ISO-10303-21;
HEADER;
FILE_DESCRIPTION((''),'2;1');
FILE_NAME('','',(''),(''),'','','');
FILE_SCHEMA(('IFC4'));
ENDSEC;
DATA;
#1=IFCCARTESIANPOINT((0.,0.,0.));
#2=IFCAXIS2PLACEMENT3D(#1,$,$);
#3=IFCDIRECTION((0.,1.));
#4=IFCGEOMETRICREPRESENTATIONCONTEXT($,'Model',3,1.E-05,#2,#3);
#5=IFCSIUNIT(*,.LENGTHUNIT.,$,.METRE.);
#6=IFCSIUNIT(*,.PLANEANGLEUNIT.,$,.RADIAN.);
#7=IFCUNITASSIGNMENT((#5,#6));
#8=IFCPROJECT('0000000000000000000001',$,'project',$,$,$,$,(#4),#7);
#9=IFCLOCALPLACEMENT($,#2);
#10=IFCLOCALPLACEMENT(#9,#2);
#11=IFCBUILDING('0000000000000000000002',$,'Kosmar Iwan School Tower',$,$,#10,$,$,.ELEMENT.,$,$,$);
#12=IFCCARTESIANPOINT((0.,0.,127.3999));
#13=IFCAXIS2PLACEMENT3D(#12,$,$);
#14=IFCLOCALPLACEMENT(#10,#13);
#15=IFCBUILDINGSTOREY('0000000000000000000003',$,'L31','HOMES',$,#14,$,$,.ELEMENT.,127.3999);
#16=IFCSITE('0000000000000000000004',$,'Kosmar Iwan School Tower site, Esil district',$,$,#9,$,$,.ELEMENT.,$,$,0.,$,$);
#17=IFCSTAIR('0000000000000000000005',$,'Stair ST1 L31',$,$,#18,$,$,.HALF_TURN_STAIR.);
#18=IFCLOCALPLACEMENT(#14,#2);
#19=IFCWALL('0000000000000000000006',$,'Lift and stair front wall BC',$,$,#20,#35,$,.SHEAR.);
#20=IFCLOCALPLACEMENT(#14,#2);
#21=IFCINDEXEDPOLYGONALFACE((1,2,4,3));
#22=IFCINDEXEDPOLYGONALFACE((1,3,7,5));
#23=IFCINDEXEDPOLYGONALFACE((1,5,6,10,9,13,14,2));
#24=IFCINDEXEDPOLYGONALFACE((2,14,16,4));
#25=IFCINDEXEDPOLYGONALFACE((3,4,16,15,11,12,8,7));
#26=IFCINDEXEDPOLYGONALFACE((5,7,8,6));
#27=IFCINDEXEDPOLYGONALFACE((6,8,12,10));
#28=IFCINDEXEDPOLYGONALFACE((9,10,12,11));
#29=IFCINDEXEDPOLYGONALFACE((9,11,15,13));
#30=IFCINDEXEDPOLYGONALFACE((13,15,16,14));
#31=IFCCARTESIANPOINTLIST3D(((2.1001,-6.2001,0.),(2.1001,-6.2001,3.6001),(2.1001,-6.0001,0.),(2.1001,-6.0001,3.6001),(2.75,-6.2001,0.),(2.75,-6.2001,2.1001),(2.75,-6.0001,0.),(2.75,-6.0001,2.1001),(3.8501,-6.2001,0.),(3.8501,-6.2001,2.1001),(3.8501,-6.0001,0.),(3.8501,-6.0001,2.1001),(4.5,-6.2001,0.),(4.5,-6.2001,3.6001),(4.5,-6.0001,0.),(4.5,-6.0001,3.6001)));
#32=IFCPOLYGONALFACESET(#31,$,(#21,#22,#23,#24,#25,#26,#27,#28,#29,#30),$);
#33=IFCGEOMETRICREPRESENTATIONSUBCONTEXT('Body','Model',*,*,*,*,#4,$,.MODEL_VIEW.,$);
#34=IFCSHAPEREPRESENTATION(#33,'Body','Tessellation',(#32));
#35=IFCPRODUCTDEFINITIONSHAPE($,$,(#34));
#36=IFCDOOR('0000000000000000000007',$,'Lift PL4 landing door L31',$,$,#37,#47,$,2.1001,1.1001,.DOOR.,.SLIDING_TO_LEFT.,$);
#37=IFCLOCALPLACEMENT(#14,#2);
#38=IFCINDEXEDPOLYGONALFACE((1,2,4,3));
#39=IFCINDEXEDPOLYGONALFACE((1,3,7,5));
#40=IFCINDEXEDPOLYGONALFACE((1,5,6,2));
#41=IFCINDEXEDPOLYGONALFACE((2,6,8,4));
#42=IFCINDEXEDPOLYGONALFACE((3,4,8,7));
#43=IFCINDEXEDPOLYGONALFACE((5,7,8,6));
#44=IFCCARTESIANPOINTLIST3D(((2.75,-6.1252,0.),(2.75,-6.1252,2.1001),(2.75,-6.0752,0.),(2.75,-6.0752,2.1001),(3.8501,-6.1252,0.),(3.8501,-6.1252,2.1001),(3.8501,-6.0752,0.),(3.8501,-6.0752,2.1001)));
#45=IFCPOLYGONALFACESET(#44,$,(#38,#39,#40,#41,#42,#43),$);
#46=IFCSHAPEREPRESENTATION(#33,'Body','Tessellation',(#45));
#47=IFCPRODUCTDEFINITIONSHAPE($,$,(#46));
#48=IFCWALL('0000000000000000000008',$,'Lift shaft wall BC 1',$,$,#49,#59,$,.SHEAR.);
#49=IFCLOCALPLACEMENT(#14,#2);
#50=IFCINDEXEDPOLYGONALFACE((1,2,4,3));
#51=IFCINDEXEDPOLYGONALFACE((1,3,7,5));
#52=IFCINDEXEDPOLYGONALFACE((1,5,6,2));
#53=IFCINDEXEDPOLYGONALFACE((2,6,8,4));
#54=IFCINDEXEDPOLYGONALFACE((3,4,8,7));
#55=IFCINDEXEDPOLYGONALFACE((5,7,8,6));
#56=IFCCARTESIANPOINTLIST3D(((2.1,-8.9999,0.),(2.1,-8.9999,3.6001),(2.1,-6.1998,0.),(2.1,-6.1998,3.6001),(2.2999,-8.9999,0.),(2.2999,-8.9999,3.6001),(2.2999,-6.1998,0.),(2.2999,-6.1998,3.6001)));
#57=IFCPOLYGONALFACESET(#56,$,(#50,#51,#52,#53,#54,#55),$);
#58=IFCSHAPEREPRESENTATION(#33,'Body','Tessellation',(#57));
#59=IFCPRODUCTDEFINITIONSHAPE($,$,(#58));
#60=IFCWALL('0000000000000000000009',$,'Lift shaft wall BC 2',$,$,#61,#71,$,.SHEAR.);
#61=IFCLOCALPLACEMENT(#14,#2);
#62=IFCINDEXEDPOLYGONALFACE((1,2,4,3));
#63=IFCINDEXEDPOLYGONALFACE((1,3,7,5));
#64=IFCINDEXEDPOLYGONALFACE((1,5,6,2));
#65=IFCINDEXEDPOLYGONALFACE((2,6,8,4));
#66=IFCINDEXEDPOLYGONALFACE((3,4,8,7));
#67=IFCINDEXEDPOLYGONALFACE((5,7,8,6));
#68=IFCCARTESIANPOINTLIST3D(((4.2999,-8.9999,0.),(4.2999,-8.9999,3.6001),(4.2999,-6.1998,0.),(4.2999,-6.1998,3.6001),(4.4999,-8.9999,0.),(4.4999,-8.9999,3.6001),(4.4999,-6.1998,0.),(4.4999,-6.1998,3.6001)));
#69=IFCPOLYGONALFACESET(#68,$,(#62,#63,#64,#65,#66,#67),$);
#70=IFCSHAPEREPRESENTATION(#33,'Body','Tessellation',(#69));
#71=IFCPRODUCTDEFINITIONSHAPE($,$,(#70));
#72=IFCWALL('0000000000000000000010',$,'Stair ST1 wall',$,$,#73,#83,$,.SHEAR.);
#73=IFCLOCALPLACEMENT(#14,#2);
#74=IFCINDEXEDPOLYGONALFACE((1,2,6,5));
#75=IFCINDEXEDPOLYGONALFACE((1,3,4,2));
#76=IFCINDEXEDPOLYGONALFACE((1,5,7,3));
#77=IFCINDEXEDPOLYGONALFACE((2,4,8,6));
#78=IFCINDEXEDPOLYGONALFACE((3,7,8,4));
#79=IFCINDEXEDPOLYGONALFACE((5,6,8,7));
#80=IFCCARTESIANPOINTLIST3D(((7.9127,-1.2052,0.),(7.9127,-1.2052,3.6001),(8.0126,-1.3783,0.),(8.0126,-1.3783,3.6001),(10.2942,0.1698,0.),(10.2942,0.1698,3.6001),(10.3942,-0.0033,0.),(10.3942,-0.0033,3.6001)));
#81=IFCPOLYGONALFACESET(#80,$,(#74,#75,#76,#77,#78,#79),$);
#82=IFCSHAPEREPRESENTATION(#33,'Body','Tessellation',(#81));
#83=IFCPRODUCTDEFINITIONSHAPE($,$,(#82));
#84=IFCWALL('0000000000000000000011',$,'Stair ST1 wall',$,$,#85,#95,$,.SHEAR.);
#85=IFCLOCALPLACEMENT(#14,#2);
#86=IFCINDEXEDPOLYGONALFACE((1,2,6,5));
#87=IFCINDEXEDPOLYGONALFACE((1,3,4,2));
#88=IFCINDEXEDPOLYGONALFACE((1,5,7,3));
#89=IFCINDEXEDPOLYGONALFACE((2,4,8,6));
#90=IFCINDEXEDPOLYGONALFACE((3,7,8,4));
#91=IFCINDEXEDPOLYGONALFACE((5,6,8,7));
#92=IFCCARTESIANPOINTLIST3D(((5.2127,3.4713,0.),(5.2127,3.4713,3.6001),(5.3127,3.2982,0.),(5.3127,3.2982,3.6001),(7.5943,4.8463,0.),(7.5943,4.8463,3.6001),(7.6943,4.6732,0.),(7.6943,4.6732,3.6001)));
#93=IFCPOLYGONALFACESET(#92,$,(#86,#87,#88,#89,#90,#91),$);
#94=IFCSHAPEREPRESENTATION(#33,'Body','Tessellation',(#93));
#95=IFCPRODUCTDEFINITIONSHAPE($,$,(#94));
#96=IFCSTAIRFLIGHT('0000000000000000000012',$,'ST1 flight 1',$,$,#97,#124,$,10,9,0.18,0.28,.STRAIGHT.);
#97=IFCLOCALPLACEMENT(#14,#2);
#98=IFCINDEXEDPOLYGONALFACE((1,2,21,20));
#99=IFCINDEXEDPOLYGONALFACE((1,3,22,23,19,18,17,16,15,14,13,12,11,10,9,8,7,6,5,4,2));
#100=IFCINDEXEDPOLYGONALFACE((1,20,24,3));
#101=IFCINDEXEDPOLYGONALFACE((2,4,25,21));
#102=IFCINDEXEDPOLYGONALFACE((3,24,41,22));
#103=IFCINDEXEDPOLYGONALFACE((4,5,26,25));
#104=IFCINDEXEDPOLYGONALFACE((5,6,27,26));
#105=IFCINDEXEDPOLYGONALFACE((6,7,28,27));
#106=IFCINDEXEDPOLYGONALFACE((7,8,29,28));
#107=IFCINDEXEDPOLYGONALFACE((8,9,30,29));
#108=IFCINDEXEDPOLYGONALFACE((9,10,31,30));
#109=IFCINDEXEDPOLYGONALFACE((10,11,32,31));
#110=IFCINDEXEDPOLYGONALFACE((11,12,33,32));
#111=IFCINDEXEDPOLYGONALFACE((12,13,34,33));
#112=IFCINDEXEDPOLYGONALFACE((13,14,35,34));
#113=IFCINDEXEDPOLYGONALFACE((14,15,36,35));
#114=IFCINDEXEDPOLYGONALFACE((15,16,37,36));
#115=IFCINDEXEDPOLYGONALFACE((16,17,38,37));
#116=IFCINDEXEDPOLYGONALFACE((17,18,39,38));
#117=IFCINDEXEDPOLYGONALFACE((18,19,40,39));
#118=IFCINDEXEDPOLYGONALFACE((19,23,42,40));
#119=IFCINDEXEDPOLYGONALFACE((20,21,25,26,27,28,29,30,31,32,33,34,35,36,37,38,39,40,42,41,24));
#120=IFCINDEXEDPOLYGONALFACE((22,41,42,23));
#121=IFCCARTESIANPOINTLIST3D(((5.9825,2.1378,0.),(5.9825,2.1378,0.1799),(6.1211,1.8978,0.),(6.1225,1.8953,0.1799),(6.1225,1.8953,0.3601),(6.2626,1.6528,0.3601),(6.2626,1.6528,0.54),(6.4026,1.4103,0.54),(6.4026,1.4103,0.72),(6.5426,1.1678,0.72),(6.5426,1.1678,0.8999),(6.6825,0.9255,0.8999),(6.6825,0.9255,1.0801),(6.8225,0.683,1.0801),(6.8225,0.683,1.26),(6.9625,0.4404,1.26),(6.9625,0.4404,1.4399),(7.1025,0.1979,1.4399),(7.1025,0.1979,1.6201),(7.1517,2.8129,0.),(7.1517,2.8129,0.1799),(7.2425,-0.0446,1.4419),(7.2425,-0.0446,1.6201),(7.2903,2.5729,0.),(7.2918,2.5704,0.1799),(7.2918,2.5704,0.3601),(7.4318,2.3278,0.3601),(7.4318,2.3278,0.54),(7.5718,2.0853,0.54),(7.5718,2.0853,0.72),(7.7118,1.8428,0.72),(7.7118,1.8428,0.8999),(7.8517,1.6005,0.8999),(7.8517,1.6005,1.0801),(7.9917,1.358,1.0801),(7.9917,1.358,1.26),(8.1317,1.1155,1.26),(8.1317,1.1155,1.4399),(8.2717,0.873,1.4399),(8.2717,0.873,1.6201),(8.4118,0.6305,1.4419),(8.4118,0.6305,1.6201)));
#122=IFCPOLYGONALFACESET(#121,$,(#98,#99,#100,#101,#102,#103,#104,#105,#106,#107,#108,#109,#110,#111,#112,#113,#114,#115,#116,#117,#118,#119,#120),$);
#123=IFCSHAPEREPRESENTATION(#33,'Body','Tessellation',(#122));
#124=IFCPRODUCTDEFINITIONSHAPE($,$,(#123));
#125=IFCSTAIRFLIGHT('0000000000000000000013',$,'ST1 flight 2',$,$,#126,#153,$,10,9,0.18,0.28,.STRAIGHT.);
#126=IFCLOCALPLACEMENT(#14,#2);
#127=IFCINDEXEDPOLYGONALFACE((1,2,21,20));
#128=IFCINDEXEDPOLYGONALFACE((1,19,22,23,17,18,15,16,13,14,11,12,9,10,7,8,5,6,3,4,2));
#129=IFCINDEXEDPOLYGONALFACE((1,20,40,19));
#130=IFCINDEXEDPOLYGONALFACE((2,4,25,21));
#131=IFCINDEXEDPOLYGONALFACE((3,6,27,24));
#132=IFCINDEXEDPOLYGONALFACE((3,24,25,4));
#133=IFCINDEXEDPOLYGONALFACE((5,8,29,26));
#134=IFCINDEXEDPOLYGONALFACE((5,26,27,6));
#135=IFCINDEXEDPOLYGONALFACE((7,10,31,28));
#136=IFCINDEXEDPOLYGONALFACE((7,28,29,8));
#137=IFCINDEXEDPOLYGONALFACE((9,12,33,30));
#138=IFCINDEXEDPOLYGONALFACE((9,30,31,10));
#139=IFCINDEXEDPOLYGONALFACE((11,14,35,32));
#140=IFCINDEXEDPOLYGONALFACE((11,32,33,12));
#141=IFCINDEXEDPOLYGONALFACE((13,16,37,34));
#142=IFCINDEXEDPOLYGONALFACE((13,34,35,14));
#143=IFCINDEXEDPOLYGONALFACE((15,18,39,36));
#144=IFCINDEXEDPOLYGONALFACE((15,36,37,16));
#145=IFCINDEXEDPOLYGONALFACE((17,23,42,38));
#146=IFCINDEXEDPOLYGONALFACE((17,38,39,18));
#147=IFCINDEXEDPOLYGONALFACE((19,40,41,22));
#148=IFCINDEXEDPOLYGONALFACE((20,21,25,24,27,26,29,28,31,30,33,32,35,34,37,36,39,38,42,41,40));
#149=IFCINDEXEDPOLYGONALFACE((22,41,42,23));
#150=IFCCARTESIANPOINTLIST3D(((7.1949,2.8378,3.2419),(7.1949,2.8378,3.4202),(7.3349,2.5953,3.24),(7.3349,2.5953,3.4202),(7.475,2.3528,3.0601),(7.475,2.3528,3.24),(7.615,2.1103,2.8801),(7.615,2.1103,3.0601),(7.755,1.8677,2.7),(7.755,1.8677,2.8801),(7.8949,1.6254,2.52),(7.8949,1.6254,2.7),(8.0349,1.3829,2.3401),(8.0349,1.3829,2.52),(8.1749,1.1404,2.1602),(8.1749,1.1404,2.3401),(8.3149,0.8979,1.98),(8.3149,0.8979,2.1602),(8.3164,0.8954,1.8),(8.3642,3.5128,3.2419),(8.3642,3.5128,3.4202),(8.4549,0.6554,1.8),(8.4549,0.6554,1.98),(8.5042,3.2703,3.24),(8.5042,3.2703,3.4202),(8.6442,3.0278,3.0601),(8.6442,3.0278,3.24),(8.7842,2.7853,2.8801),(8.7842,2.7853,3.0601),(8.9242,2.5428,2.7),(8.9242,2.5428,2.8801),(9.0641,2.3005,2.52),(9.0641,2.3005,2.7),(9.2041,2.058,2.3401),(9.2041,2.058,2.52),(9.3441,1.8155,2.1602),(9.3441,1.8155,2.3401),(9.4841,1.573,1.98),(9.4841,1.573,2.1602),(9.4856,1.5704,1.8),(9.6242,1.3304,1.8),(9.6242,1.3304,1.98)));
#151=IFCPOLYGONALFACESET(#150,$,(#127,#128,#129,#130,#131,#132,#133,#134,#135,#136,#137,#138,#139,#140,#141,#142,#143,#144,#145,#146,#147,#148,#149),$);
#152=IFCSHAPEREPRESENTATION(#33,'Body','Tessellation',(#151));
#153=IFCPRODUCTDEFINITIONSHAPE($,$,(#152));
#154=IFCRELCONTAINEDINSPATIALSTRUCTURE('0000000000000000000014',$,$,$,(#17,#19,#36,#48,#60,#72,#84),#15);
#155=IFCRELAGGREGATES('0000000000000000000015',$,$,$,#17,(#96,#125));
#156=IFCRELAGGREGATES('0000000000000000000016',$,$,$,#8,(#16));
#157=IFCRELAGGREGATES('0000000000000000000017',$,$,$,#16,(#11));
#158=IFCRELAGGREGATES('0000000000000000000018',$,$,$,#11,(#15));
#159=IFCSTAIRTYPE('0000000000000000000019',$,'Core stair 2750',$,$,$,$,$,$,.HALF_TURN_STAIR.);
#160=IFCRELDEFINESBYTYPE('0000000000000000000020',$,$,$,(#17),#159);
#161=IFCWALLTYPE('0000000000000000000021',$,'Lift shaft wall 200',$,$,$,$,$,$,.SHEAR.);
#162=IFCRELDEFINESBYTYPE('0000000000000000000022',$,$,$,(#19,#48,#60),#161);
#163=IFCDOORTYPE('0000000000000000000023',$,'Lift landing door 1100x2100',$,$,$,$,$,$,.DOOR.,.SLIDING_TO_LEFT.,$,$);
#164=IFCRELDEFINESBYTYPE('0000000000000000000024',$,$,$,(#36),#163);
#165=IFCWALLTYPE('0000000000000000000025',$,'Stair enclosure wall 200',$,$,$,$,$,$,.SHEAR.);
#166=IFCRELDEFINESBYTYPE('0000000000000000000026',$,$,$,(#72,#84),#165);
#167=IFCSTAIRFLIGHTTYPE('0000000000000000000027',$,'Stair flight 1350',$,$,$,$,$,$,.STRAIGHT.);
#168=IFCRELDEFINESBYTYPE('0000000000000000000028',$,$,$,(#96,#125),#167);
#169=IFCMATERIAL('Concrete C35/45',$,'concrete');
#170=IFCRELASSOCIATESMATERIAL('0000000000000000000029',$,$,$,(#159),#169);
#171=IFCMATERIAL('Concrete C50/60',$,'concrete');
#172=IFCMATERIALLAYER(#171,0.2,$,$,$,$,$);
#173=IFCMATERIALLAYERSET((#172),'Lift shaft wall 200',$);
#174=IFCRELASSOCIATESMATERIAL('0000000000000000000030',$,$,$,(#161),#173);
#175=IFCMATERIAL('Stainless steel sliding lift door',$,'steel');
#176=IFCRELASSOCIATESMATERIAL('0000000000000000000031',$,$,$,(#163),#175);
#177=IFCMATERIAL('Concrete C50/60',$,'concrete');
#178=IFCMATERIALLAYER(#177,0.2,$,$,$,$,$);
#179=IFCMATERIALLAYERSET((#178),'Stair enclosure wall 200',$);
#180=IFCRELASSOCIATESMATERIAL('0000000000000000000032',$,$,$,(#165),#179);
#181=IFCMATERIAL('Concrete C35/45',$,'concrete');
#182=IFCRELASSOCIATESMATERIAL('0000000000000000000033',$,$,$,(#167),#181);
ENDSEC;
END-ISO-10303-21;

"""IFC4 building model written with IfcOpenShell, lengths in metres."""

from ifc_helpers import new_model, si_unit, direction, frame, frame_2d, origin, place, context, subcontext, project, spatial, polyline, rectangle, outline, extrude, material, layer, layer_set, type_object, element, fill, aggregate, save


model = new_model("IFC4")

# Units and contexts
model_context = context("Model", 3, precision=1e-05, world=origin(), true_north=direction((0.0, 1.0)))
body_context = subcontext(model_context, "Body", "Model", "MODEL_VIEW")
ifc_project = project(units=[si_unit("LENGTHUNIT", "METRE"), si_unit("PLANEANGLEUNIT", "RADIAN")], contexts=[model_context])

# Site, building, storey
site_placement = place(None, origin())
site = spatial("IfcSite", under=ifc_project, at=site_placement, Name="Kosmar Iwan School Tower site, Esil district", CompositionType="ELEMENT", RefElevation=0.0)
building_placement = place(site_placement, origin())
building = spatial("IfcBuilding", under=site, at=building_placement, Name="Kosmar Iwan School Tower", CompositionType="ELEMENT")
storey_placement = place(building_placement, frame((0.0, 0.0, 127.3999)))
storey = spatial("IfcBuildingStorey", under=building, at=storey_placement, Name="L31", Description="HOMES", CompositionType="ELEMENT", Elevation=127.3999)

# Stair
ifc_material_1 = material(Name="Concrete C35/45", Category="concrete")
stair_type_1 = type_object("IfcStairType", Name="Core stair 2750", PredefinedType="HALF_TURN_STAIR", material=ifc_material_1)
stair_1_placement = place(storey_placement, origin())
stair_1 = element("IfcStair", 1, at=stair_1_placement, inside=storey, type_object=stair_type_1, Name="Stair ST1 L31", PredefinedType="HALF_TURN_STAIR")

# Shared definitions
ifc_material_2 = material(Name="Concrete C50/60", Category="concrete")
ifc_layer_1 = layer(ifc_material_2, 0.2)
ifc_layer_set_1 = layer_set([ifc_layer_1], Name="Lift shaft wall 200")
wall_type_1 = type_object("IfcWallType", Name="Lift shaft wall 200", PredefinedType="SHEAR", material=ifc_layer_set_1)

# Wall, opening, door
wall_1_placement = place(storey_placement, frame((2.1001, -6.1001, 0.0), z_axis=(0.0, 0.0, 1.0), x_axis=(1.0, 0.0, 0.0)))
wall_1 = element("IfcWall", 2, at=wall_1_placement, inside=storey, type_object=wall_type_1, Name="Lift and stair front wall BC", PredefinedType="SHEAR", context=body_context, shape_type="SweptSolid", body=[
    extrude(rectangle(XDim=2.3999, YDim=0.2, at=frame_2d((1.2, 0.0))), origin(), (0.0, 0.0, 1.0), 3.6001),
])
opening_1_placement = place(wall_1_placement, frame((0.6499, 0.0, 0.0)))
opening_1 = element("IfcOpeningElement", 3, at=opening_1_placement, cuts=wall_1, PredefinedType="OPENING", context=body_context, shape_type="SweptSolid", body=[
    extrude(rectangle(XDim=1.1001, YDim=2.1001, at=frame_2d((0.55, 1.05))), frame((0.0, 0.1121, 0.0), z_axis=(0.0, -1.0, 0.0), x_axis=(1.0, 0.0, 0.0)), (0.0, 0.0, 1.0), 0.2239),
])
ifc_material_3 = material(Name="Stainless steel sliding lift door", Category="steel")
door_type_1 = type_object("IfcDoorType", Name="Lift landing door 1100x2100", OperationType="SLIDING_TO_LEFT", PredefinedType="DOOR", material=ifc_material_3)
door_1_placement = place(opening_1_placement, origin())
door_1 = element("IfcDoor", 4, at=door_1_placement, inside=storey, type_object=door_type_1, Name="Lift PL4 landing door L31", OperationType="SLIDING_TO_LEFT", OverallHeight=2.1001, OverallWidth=1.1001, PredefinedType="DOOR", context=body_context, shape_type="SweptSolid", body=[
    extrude(rectangle(XDim=1.1001, YDim=2.1001, at=frame_2d((0.55, 1.05))), frame((0.0, 0.0249, 0.0), z_axis=(0.0, -1.0, 0.0), x_axis=(1.0, 0.0, 0.0)), (0.0, 0.0, 1.0), 0.05),
])
fill(opening_1, door_1)

# Walls
for number, where, z_axis, x_axis, name in (
    (5, (2.2, -6.2, 0.0), (0.0, 0.0, 1.0), (0.0, -1.0, 0.0), "Lift shaft wall BC 1"),
    (6, (4.3999, -6.2, 0.0), (0.0, 0.0, 1.0), (0.0, -1.0, 0.0), "Lift shaft wall BC 2"),
):
    element("IfcWall", number, at=place(storey_placement, frame(where, z_axis=z_axis, x_axis=x_axis)), inside=storey, type_object=wall_type_1, Name=name, PredefinedType="SHEAR", context=body_context, shape_type="SweptSolid", body=[
        extrude(rectangle(XDim=2.8, YDim=0.2, at=frame_2d((1.3999, 0.0))), origin(), (0.0, 0.0, 1.0), 3.6001),
    ])
ifc_material_4 = material(Name="Concrete C50/60", Category="concrete")
ifc_layer_2 = layer(ifc_material_4, 0.2)
ifc_layer_set_2 = layer_set([ifc_layer_2], Name="Stair enclosure wall 200")
wall_type_2 = type_object("IfcWallType", Name="Stair enclosure wall 200", PredefinedType="SHEAR", material=ifc_layer_set_2)
for number, where, z_axis, x_axis, name in (
    (7, (7.9626, -1.2917, 0.0), (0.0, 0.0, 1.0), (0.866027, 0.499997, 0.0), "Stair ST1 wall"),
    (8, (5.2627, 3.3848, 0.0), (0.0, 0.0, 1.0), (0.866027, 0.499997, 0.0), "Stair ST1 wall"),
):
    element("IfcWall", number, at=place(storey_placement, frame(where, z_axis=z_axis, x_axis=x_axis)), inside=storey, type_object=wall_type_2, Name=name, PredefinedType="SHEAR", context=body_context, shape_type="SweptSolid", body=[
        extrude(rectangle(XDim=2.75, YDim=0.2, at=frame_2d((1.375, 0.0))), origin(), (0.0, 0.0, 1.0), 3.6001),
    ])

# Stair flights
ifc_material_5 = material(Name="Concrete C35/45", Category="concrete")
stair_flight_type = type_object("IfcStairFlightType", Name="Stair flight 1350", PredefinedType="STRAIGHT", material=ifc_material_5)
stair_flight_1_placement = place(storey_placement, frame((6.5671, 2.4753, 0.0), z_axis=(0.0, 0.0, 1.0), x_axis=(0.5, -0.866025, 0.0)))
stair_flight_1 = element("IfcStairFlight", 9, at=stair_flight_1_placement, type_object=stair_flight_type, Name="ST1 flight 1", NumberOfRisers=10, NumberOfTreads=9, PredefinedType="STRAIGHT", RiserHeight=0.18, TreadLength=0.28, context=body_context, shape_type="SweptSolid", body=[
    extrude(outline(polyline([(0.0, 0.0), (0.0, 0.1799), (0.28, 0.1799), (0.28, 0.3601), (0.5601, 0.3601), (0.5601, 0.54), (0.8401, 0.54), (0.8401, 0.72), (1.1201, 0.72), (1.1201, 0.8999), (1.3999, 0.8999), (1.3999, 1.0801), (1.6799, 1.0801), (1.6799, 1.26), (1.96, 1.26), (1.96, 1.4399), (2.24, 1.4399), (2.24, 1.6201), (2.52, 1.6201), (2.52, 1.8), (2.52, 1.4419), (0.2771, 0.0), (0.0, 0.0)])), frame((0.0, 0.675, 0.0), z_axis=(0.0, -1.0, 0.0), x_axis=(1.0, 0.0, 0.0)), (0.0, 0.0, 1.0), 1.3501),
])
stair_flight_2_placement = place(storey_placement, frame((9.0396, 0.9929, 1.8), z_axis=(0.0, 0.0, 1.0), x_axis=(-0.5, 0.866025, 0.0)))
stair_flight_2 = element("IfcStairFlight", 10, at=stair_flight_2_placement, type_object=stair_flight_type, Name="ST1 flight 2", NumberOfRisers=10, NumberOfTreads=9, PredefinedType="STRAIGHT", RiserHeight=0.18, TreadLength=0.28, context=body_context, shape_type="SweptSolid", body=[
    extrude(outline(polyline([(0.0, 0.0), (0.0, 0.1799), (0.28, 0.1799), (0.28, 0.3601), (0.5601, 0.3601), (0.5601, 0.54), (0.8401, 0.54), (0.8401, 0.72), (1.1201, 0.72), (1.1201, 0.8999), (1.3999, 0.8999), (1.3999, 1.0801), (1.6799, 1.0801), (1.6799, 1.26), (1.96, 1.26), (1.96, 1.4399), (2.24, 1.4399), (2.24, 1.6201), (2.52, 1.6201), (2.52, 1.8), (2.52, 1.4419), (0.2771, 0.0), (0.0, 0.0)])), frame((0.0, 0.675, 0.0), z_axis=(0.0, -1.0, 0.0), x_axis=(1.0, 0.0, 0.0)), (0.0, 0.0, 1.0), 1.3501),
])
aggregate(stair_1, [stair_flight_1, stair_flight_2])

save(model, "model.ifc")
